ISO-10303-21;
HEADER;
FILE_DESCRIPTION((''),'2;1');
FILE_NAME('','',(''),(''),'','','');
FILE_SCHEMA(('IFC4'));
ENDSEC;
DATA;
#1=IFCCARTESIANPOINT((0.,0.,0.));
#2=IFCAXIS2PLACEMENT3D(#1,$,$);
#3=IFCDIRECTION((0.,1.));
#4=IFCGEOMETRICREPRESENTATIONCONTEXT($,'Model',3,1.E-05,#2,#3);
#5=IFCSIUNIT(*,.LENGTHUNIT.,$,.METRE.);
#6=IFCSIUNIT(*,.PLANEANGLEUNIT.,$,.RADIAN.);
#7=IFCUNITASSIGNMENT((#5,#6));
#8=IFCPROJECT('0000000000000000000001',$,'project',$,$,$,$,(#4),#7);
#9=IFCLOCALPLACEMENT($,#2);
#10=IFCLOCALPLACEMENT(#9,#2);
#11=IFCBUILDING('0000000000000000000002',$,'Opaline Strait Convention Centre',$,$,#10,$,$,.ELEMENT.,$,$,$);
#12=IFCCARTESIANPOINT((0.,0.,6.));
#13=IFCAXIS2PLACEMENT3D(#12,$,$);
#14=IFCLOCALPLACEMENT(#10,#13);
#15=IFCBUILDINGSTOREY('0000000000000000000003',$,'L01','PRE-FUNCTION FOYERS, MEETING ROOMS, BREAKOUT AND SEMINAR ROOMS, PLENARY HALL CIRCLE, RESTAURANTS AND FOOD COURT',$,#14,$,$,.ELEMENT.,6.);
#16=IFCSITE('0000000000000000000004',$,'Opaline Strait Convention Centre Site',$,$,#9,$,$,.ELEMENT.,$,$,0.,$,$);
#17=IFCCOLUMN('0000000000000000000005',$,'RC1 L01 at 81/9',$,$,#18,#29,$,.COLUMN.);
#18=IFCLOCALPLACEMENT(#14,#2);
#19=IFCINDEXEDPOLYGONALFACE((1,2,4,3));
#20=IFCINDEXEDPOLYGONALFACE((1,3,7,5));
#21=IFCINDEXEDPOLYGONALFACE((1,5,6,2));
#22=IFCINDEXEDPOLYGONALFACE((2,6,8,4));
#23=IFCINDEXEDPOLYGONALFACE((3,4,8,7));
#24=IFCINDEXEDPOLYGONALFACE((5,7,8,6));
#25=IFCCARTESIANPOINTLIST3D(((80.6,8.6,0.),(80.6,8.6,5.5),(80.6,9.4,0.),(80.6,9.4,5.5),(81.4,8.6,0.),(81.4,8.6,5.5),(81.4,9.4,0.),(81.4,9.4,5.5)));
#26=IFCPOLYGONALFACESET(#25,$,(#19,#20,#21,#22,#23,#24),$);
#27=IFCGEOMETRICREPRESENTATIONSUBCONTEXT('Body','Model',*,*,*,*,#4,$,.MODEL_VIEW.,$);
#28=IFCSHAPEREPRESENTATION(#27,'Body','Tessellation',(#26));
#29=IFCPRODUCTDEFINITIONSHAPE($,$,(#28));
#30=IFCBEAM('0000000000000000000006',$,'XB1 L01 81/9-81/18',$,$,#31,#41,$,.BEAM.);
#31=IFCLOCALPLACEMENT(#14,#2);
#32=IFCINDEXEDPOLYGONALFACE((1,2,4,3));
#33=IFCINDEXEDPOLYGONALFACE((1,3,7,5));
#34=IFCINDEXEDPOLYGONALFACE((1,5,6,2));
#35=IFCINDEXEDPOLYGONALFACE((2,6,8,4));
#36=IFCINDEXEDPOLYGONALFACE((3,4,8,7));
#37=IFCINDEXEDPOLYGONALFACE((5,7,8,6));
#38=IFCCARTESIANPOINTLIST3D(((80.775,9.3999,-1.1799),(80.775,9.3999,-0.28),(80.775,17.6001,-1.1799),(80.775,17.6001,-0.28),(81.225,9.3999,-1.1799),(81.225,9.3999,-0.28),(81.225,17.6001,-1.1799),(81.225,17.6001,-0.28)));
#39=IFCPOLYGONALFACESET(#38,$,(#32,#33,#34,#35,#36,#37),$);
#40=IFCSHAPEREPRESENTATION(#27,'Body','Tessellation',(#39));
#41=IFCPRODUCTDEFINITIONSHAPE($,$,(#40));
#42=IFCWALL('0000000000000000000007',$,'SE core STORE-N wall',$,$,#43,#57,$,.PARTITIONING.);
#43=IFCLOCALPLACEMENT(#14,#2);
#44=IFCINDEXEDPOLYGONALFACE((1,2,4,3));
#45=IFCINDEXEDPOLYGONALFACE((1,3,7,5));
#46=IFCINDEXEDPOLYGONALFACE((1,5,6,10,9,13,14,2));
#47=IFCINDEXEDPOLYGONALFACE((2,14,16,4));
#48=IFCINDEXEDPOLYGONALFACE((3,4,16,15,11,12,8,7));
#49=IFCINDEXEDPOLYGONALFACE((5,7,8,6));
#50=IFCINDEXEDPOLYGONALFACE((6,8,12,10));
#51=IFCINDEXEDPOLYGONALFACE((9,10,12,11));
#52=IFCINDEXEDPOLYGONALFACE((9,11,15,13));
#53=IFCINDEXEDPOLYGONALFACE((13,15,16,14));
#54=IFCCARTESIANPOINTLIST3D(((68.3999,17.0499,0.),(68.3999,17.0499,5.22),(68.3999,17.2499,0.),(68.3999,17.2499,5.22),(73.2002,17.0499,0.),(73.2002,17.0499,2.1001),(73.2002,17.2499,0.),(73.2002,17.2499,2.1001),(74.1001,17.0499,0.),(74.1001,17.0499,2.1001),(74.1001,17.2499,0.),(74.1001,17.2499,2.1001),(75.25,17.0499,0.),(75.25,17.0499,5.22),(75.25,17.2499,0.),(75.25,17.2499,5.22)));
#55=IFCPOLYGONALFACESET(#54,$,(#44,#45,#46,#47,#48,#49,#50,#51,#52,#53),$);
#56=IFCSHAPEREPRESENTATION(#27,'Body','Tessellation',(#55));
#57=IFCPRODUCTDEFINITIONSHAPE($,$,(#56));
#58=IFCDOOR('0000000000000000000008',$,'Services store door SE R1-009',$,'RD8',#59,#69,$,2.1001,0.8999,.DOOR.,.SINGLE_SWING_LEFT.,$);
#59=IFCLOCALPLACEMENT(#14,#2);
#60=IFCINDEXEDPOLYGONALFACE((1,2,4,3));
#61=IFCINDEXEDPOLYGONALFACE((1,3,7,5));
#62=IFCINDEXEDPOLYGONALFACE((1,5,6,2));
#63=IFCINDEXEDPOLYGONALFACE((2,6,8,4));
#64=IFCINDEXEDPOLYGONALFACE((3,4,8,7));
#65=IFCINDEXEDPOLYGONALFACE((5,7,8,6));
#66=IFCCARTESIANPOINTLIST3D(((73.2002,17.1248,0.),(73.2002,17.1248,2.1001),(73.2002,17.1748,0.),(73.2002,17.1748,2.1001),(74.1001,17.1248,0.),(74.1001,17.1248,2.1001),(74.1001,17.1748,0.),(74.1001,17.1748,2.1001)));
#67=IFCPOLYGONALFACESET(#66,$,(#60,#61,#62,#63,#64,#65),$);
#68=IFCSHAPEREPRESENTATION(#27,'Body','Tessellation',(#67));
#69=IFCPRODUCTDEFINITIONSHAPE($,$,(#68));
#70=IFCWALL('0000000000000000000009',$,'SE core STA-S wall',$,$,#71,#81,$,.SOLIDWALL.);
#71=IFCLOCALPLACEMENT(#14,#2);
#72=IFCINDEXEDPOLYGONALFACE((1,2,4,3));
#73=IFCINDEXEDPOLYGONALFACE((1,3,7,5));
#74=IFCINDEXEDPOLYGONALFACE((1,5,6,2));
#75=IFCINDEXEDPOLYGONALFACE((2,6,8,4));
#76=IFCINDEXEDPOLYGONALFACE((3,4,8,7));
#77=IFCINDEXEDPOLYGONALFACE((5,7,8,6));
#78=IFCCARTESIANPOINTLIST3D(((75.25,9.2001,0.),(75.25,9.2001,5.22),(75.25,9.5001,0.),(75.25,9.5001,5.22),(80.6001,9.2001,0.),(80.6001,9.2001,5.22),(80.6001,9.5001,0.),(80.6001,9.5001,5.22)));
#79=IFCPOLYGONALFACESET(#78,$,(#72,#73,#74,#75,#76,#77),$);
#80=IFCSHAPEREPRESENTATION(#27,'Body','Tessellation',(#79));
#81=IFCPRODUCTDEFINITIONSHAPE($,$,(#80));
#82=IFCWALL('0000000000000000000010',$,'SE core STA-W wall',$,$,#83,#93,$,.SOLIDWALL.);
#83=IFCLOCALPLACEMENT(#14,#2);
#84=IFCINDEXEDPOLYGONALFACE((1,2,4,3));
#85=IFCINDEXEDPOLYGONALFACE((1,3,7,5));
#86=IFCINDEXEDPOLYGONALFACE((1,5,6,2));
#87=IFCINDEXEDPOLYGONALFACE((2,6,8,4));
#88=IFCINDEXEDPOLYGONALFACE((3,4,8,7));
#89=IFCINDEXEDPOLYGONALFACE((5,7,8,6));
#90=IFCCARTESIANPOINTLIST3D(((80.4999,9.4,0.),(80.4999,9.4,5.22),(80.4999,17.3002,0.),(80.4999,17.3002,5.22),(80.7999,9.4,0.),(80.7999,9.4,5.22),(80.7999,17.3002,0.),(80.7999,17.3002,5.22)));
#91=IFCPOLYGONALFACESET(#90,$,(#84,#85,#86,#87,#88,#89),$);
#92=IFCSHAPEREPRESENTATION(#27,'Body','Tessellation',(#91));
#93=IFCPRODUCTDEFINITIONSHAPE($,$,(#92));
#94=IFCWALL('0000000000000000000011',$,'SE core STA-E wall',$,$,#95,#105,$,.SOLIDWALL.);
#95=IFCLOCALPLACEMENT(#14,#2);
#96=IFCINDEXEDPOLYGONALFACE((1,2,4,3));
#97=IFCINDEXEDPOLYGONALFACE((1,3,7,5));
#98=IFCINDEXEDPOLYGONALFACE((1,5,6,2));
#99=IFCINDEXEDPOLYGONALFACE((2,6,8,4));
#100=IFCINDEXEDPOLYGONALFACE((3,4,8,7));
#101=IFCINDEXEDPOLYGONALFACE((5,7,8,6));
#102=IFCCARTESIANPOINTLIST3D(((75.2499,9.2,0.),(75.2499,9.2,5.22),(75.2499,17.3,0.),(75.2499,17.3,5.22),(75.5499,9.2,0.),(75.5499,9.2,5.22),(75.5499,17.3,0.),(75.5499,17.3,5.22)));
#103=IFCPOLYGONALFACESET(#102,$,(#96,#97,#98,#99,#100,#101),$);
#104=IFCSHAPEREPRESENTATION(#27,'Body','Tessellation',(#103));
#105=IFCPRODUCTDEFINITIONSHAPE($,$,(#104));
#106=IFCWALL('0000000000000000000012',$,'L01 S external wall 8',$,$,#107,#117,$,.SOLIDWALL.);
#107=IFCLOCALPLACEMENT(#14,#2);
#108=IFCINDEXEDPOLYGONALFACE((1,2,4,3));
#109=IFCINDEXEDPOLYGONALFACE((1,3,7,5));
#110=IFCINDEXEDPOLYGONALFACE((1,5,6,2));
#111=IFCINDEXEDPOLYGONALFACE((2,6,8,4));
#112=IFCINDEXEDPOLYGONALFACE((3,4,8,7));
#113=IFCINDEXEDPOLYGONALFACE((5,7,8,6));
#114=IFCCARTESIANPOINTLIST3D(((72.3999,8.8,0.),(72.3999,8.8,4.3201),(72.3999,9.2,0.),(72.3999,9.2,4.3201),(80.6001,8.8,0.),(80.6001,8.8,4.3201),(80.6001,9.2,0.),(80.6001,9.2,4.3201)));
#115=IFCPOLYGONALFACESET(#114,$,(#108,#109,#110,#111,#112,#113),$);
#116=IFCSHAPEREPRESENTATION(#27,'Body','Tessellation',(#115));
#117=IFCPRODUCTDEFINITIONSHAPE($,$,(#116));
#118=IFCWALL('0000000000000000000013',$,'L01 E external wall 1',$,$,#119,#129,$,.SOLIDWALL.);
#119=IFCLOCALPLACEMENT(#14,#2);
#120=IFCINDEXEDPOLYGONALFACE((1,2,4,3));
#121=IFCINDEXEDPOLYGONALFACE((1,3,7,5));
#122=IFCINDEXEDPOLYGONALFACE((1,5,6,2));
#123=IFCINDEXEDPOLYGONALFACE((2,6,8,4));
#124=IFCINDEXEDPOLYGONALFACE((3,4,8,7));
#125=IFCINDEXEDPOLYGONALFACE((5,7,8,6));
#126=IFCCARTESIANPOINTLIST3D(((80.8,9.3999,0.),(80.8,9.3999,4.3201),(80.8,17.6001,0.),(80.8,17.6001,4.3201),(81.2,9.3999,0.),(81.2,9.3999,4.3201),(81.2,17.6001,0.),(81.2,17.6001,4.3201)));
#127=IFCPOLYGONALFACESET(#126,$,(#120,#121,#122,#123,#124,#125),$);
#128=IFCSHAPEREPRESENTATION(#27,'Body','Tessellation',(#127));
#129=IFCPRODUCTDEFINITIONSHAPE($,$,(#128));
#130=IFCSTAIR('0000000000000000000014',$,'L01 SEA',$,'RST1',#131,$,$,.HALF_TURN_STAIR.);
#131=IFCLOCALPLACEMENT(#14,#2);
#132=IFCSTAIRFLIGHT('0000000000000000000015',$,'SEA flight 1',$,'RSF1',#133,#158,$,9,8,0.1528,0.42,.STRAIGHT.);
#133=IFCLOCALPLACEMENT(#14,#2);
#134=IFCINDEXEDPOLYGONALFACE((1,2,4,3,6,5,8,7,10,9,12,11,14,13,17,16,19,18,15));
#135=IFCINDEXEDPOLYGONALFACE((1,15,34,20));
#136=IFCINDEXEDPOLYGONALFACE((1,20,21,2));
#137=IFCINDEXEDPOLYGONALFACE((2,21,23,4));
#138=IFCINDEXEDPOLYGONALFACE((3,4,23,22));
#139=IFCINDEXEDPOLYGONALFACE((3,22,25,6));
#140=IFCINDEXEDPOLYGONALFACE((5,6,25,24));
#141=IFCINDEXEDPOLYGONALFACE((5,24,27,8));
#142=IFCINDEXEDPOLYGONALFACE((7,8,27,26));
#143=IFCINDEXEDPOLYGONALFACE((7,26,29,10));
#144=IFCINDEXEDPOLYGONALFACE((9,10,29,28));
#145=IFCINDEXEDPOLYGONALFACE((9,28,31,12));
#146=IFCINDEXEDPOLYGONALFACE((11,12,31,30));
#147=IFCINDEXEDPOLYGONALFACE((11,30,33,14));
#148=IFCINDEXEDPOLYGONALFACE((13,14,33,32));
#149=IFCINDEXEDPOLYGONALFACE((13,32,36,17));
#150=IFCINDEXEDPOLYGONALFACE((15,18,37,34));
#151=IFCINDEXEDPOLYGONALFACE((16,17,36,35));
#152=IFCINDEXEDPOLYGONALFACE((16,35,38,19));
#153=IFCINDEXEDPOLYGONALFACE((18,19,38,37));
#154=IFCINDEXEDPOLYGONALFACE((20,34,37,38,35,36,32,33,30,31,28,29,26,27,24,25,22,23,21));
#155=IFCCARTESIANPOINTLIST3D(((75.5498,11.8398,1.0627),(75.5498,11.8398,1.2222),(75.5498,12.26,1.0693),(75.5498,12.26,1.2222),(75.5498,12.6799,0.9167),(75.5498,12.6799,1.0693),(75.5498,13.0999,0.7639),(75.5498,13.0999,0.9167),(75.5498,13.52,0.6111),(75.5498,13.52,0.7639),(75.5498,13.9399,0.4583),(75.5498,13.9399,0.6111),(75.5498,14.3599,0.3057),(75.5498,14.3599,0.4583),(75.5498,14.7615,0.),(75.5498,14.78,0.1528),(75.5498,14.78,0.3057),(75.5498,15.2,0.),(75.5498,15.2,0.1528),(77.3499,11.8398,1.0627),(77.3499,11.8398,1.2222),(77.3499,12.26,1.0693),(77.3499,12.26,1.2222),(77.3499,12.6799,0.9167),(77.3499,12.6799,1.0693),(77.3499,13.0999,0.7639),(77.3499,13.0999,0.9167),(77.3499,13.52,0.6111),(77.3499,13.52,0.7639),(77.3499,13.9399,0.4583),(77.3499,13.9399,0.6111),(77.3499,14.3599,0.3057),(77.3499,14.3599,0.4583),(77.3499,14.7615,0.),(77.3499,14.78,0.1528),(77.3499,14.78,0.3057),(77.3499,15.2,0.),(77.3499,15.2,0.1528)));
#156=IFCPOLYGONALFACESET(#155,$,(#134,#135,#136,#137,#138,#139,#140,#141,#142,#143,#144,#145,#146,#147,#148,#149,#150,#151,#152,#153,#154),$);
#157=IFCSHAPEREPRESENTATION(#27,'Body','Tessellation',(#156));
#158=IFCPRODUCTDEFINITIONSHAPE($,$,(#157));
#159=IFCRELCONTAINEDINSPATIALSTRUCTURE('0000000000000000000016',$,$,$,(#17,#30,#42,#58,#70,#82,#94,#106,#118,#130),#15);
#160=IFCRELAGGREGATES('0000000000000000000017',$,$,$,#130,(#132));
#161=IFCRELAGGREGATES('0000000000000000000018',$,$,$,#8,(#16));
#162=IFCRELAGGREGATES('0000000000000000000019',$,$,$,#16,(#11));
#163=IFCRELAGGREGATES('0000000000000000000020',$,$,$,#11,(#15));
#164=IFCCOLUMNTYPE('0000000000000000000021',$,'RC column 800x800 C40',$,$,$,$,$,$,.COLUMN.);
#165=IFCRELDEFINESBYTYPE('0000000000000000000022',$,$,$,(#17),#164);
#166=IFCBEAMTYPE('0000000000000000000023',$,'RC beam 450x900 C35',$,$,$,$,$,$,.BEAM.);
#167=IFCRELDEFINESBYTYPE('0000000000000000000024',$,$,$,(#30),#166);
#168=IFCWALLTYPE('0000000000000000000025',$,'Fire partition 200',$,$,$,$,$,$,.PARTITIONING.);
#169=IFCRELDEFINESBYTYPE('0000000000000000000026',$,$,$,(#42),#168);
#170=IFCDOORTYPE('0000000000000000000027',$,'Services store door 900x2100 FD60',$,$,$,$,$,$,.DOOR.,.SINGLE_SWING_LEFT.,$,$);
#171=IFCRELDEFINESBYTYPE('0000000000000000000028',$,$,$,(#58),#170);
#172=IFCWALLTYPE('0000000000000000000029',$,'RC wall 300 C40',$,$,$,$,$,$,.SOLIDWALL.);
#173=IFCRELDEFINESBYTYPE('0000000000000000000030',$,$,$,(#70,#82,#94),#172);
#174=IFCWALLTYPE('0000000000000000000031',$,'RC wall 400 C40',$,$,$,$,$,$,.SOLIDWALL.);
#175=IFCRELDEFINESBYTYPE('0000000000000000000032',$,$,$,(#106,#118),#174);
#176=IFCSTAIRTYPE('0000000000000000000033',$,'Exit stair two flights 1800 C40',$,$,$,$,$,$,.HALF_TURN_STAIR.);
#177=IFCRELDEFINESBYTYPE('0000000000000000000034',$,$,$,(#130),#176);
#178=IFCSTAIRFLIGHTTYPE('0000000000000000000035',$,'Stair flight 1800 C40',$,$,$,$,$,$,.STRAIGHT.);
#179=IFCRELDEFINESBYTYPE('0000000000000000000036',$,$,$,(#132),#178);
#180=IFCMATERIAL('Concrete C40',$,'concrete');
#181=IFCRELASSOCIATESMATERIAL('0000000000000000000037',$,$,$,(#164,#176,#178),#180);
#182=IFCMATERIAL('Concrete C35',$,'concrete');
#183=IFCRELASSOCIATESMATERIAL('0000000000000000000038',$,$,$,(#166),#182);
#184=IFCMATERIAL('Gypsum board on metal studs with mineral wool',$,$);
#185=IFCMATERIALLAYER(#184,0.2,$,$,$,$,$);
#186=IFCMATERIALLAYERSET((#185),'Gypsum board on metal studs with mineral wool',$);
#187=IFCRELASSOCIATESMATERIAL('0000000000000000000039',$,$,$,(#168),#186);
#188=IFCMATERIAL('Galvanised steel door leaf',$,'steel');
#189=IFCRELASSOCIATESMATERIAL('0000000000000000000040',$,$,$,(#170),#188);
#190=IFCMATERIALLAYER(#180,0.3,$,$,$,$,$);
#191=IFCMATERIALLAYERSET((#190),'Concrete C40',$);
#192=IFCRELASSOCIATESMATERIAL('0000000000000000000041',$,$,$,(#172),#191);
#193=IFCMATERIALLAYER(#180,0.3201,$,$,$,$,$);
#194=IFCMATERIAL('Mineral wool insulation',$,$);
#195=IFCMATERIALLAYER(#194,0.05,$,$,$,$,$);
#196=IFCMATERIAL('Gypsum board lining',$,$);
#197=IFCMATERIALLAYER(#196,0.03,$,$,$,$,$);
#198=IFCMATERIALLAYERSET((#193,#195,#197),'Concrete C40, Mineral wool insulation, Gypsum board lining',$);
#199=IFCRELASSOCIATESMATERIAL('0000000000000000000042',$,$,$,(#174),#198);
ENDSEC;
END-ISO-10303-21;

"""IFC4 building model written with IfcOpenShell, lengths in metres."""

from ifc_helpers import new_model, si_unit, direction, frame, frame_2d, origin, origin_2d, place, context, subcontext, project, spatial, polyline, rectangle, outline, extrude, material, layer, layer_set, material_profile, profile_set, type_object, element, fill, aggregate, save


model = new_model("IFC4")

# Units and contexts
model_context = context("Model", 3, precision=1e-05, world=origin(), true_north=direction((0.0, 1.0)))
body_context = subcontext(model_context, "Body", "Model", "MODEL_VIEW")
ifc_project = project(units=[si_unit("LENGTHUNIT", "METRE"), si_unit("PLANEANGLEUNIT", "RADIAN")], contexts=[model_context])

# Site, building, storey
site_placement = place(None, origin())
site = spatial("IfcSite", under=ifc_project, at=site_placement, Name="Opaline Strait Convention Centre Site", CompositionType="ELEMENT", RefElevation=0.0)
building_placement = place(site_placement, origin())
building = spatial("IfcBuilding", under=site, at=building_placement, Name="Opaline Strait Convention Centre", CompositionType="ELEMENT")
storey_placement = place(building_placement, frame((0.0, 0.0, 6.0)))
storey = spatial("IfcBuildingStorey", under=building, at=storey_placement, Name="L01", Description="PRE-FUNCTION FOYERS, MEETING ROOMS, BREAKOUT AND SEMINAR ROOMS, PLENARY HALL CIRCLE, RESTAURANTS AND FOOD COURT", CompositionType="ELEMENT", Elevation=6.0)

# Column
ifc_material_1 = material(Name="Concrete C40", Category="concrete")
ifc_material_profile_1 = material_profile(ifc_material_1, rectangle(XDim=0.8, YDim=0.8, at=origin_2d()), Name="RC 800x800")
ifc_profile_set_1 = profile_set([ifc_material_profile_1], Name="Concrete C40")
column_type = type_object("IfcColumnType", Name="RC column 800x800 C40", PredefinedType="COLUMN", material=ifc_profile_set_1)
column_placement = place(storey_placement, frame((81.0, 9.0, 0.0), z_axis=(0.0, 0.0, 1.0), x_axis=(1.0, 0.0, 0.0)))
element("IfcColumn", 1, at=column_placement, inside=storey, type_object=column_type, Name="RC1 L01 at 81/9", PredefinedType="COLUMN", context=body_context, shape_type="SweptSolid", body=[
    extrude(rectangle(XDim=0.8, YDim=0.8, at=origin_2d()), origin(), (0.0, 0.0, 1.0), 5.5),
])

# Beam
ifc_material_2 = material(Name="Concrete C35", Category="concrete")
ifc_material_profile_2 = material_profile(ifc_material_2, rectangle(XDim=0.45, YDim=0.8999, at=origin_2d()), Name="RC 450x900")
ifc_profile_set_2 = profile_set([ifc_material_profile_2], Name="Concrete C35")
beam_type = type_object("IfcBeamType", Name="RC beam 450x900 C35", PredefinedType="BEAM", material=ifc_profile_set_2)
beam_placement = place(storey_placement, frame((81.0, 9.3999, -0.73), z_axis=(0.0, 1.0, 0.0), x_axis=(-1.0, 0.0, 0.0)))
element("IfcBeam", 2, at=beam_placement, inside=storey, type_object=beam_type, Name="XB1 L01 81/9-81/18", PredefinedType="BEAM", context=body_context, shape_type="SweptSolid", body=[
    extrude(rectangle(XDim=0.45, YDim=0.8999, at=origin_2d()), origin(), (0.0, 0.0, 1.0), 8.2002),
])

# Wall, opening, door
ifc_material_3 = material(Name="Gypsum board on metal studs with mineral wool")
ifc_layer_1 = layer(ifc_material_3, 0.2)
ifc_layer_set_1 = layer_set([ifc_layer_1], Name="Gypsum board on metal studs with mineral wool")
wall_type_1 = type_object("IfcWallType", Name="Fire partition 200", PredefinedType="PARTITIONING", material=ifc_layer_set_1)
wall_1_placement = place(storey_placement, frame((75.25, 17.1499, 0.0), z_axis=(0.0, 0.0, 1.0), x_axis=(-1.0, 0.0, 0.0)))
wall_1 = element("IfcWall", 3, at=wall_1_placement, inside=storey, type_object=wall_type_1, Name="SE core STORE-N wall", PredefinedType="PARTITIONING", context=body_context, shape_type="SweptSolid", body=[
    extrude(rectangle(XDim=6.8501, YDim=0.2, at=frame_2d((3.425, 0.0))), origin(), (0.0, 0.0, 1.0), 5.22),
])
opening_1_placement = place(wall_1_placement, frame((1.1499, 0.0, 0.0)))
opening_1 = element("IfcOpeningElement", 4, at=opening_1_placement, cuts=wall_1, PredefinedType="OPENING", context=body_context, shape_type="SweptSolid", body=[
    extrude(rectangle(XDim=0.8999, YDim=2.1001, at=frame_2d((0.45, 1.05))), frame((0.0, 0.1099, 0.0), z_axis=(0.0, -1.0, 0.0), x_axis=(1.0, 0.0, 0.0)), (0.0, 0.0, 1.0), 0.22),
])
ifc_material_4 = material(Name="Galvanised steel door leaf", Category="steel")
door_type_1 = type_object("IfcDoorType", Name="Services store door 900x2100 FD60", OperationType="SINGLE_SWING_LEFT", PredefinedType="DOOR", material=ifc_material_4)
door_1_placement = place(opening_1_placement, frame((0.8999, 0.0, 0.0), z_axis=(0.0, 0.0, 1.0), x_axis=(-1.0, 0.0, 0.0)))
door_1 = element("IfcDoor", 5, at=door_1_placement, inside=storey, type_object=door_type_1, Name="Services store door SE R1-009", ObjectType="RD8", OperationType="SINGLE_SWING_LEFT", OverallHeight=2.1001, OverallWidth=0.8999, PredefinedType="DOOR", context=body_context, shape_type="SweptSolid", body=[
    extrude(rectangle(XDim=0.8999, YDim=2.1001, at=frame_2d((0.45, 1.05))), frame((0.0, 0.0249, 0.0), z_axis=(0.0, -1.0, 0.0), x_axis=(1.0, 0.0, 0.0)), (0.0, 0.0, 1.0), 0.05),
])
fill(opening_1, door_1)

# Wall
ifc_layer_2 = layer(ifc_material_1, 0.3)
ifc_layer_set_2 = layer_set([ifc_layer_2], Name="Concrete C40")
wall_type_2 = type_object("IfcWallType", Name="RC wall 300 C40", PredefinedType="SOLIDWALL", material=ifc_layer_set_2)
wall_2_placement = place(storey_placement, frame((80.6001, 9.3501, 0.0), z_axis=(0.0, 0.0, 1.0), x_axis=(-1.0, 0.0, 0.0)))
element("IfcWall", 6, at=wall_2_placement, inside=storey, type_object=wall_type_2, Name="SE core STA-S wall", PredefinedType="SOLIDWALL", context=body_context, shape_type="SweptSolid", body=[
    extrude(rectangle(XDim=5.3501, YDim=0.3, at=frame_2d((2.675, 0.0))), origin(), (0.0, 0.0, 1.0), 5.22),
])

# Walls
wall_3_placement = place(storey_placement, frame((80.6499, 9.3999, 0.0), z_axis=(0.0, 0.0, 1.0), x_axis=(0.0, 1.0, 0.0)))
element("IfcWall", 7, at=wall_3_placement, inside=storey, type_object=wall_type_2, Name="SE core STA-W wall", PredefinedType="SOLIDWALL", context=body_context, shape_type="SweptSolid", body=[
    extrude(rectangle(XDim=7.9001, YDim=0.3, at=frame_2d((3.9502, 0.0))), origin(), (0.0, 0.0, 1.0), 5.22),
])
wall_4_placement = place(storey_placement, frame((75.3999, 9.2, 0.0), z_axis=(0.0, 0.0, 1.0), x_axis=(0.0, 1.0, 0.0)))
element("IfcWall", 8, at=wall_4_placement, inside=storey, type_object=wall_type_2, Name="SE core STA-E wall", PredefinedType="SOLIDWALL", context=body_context, shape_type="SweptSolid", body=[
    extrude(rectangle(XDim=8.1001, YDim=0.3, at=frame_2d((4.05, 0.0))), origin(), (0.0, 0.0, 1.0), 5.22),
])
ifc_layer_3 = layer(ifc_material_1, 0.3201)
ifc_material_5 = material(Name="Mineral wool insulation")
ifc_layer_4 = layer(ifc_material_5, 0.05)
ifc_material_6 = material(Name="Gypsum board lining")
ifc_layer_5 = layer(ifc_material_6, 0.03)
ifc_layer_set_3 = layer_set([ifc_layer_3, ifc_layer_4, ifc_layer_5], Name="Concrete C40, Mineral wool insulation, Gypsum board lining")
wall_type_3 = type_object("IfcWallType", Name="RC wall 400 C40", PredefinedType="SOLIDWALL", material=ifc_layer_set_3)
for number, where, z_axis, x_axis, name in (
    (9, (72.3999, 9.0, 0.0), (0.0, 0.0, 1.0), (1.0, 0.0, 0.0), "L01 S external wall 8"),
    (10, (81.0, 9.3999, 0.0), (0.0, 0.0, 1.0), (0.0, 1.0, 0.0), "L01 E external wall 1"),
):
    element("IfcWall", number, at=place(storey_placement, frame(where, z_axis=z_axis, x_axis=x_axis)), inside=storey, type_object=wall_type_3, Name=name, PredefinedType="SOLIDWALL", context=body_context, shape_type="SweptSolid", body=[
        extrude(rectangle(XDim=8.2002, YDim=0.3999, at=frame_2d((4.1001, 0.0))), origin(), (0.0, 0.0, 1.0), 4.3201),
    ])

# Stair, stair flight
stair_type = type_object("IfcStairType", Name="Exit stair two flights 1800 C40", PredefinedType="HALF_TURN_STAIR", material=ifc_material_1)
stair_placement = place(storey_placement, origin())
stair = element("IfcStair", 11, at=stair_placement, inside=storey, type_object=stair_type, Name="L01 SEA", ObjectType="RST1", PredefinedType="HALF_TURN_STAIR")
stair_flight_type = type_object("IfcStairFlightType", Name="Stair flight 1800 C40", PredefinedType="STRAIGHT", material=ifc_material_1)
stair_flight_1_placement = place(storey_placement, frame((76.45, 15.2, 0.0), z_axis=(0.0, 0.0, 1.0), x_axis=(0.0, -1.0, 0.0)))
stair_flight_1 = element("IfcStairFlight", 12, at=stair_flight_1_placement, type_object=stair_flight_type, Name="SEA flight 1", ObjectType="RSF1", NumberOfRisers=9, NumberOfTreads=8, PredefinedType="STRAIGHT", RiserHeight=0.1528, TreadLength=0.42, context=body_context, shape_type="SweptSolid", body=[
    extrude(outline(polyline([(0.0, 0.0), (0.0, 0.1528), (0.4199, 0.1528), (0.4199, 0.3057), (0.8401, 0.3057), (0.8401, 0.4583), (1.26, 0.4583), (1.26, 0.6111), (1.6799, 0.6111), (1.6799, 0.7639), (2.1001, 0.7639), (2.1001, 0.9167), (2.52, 0.9167), (2.52, 1.0693), (2.9399, 1.0693), (2.9399, 1.2222), (3.3601, 1.2222), (3.3601, 1.375), (3.3601, 1.0627), (0.4385, 0.0), (0.0, 0.0)])), frame((0.0, 0.8999, 0.0), z_axis=(0.0, -1.0, 0.0), x_axis=(1.0, 0.0, 0.0)), (0.0, 0.0, 1.0), 1.8),
])
aggregate(stair, [stair_flight_1])

save(model, "model.ifc")
